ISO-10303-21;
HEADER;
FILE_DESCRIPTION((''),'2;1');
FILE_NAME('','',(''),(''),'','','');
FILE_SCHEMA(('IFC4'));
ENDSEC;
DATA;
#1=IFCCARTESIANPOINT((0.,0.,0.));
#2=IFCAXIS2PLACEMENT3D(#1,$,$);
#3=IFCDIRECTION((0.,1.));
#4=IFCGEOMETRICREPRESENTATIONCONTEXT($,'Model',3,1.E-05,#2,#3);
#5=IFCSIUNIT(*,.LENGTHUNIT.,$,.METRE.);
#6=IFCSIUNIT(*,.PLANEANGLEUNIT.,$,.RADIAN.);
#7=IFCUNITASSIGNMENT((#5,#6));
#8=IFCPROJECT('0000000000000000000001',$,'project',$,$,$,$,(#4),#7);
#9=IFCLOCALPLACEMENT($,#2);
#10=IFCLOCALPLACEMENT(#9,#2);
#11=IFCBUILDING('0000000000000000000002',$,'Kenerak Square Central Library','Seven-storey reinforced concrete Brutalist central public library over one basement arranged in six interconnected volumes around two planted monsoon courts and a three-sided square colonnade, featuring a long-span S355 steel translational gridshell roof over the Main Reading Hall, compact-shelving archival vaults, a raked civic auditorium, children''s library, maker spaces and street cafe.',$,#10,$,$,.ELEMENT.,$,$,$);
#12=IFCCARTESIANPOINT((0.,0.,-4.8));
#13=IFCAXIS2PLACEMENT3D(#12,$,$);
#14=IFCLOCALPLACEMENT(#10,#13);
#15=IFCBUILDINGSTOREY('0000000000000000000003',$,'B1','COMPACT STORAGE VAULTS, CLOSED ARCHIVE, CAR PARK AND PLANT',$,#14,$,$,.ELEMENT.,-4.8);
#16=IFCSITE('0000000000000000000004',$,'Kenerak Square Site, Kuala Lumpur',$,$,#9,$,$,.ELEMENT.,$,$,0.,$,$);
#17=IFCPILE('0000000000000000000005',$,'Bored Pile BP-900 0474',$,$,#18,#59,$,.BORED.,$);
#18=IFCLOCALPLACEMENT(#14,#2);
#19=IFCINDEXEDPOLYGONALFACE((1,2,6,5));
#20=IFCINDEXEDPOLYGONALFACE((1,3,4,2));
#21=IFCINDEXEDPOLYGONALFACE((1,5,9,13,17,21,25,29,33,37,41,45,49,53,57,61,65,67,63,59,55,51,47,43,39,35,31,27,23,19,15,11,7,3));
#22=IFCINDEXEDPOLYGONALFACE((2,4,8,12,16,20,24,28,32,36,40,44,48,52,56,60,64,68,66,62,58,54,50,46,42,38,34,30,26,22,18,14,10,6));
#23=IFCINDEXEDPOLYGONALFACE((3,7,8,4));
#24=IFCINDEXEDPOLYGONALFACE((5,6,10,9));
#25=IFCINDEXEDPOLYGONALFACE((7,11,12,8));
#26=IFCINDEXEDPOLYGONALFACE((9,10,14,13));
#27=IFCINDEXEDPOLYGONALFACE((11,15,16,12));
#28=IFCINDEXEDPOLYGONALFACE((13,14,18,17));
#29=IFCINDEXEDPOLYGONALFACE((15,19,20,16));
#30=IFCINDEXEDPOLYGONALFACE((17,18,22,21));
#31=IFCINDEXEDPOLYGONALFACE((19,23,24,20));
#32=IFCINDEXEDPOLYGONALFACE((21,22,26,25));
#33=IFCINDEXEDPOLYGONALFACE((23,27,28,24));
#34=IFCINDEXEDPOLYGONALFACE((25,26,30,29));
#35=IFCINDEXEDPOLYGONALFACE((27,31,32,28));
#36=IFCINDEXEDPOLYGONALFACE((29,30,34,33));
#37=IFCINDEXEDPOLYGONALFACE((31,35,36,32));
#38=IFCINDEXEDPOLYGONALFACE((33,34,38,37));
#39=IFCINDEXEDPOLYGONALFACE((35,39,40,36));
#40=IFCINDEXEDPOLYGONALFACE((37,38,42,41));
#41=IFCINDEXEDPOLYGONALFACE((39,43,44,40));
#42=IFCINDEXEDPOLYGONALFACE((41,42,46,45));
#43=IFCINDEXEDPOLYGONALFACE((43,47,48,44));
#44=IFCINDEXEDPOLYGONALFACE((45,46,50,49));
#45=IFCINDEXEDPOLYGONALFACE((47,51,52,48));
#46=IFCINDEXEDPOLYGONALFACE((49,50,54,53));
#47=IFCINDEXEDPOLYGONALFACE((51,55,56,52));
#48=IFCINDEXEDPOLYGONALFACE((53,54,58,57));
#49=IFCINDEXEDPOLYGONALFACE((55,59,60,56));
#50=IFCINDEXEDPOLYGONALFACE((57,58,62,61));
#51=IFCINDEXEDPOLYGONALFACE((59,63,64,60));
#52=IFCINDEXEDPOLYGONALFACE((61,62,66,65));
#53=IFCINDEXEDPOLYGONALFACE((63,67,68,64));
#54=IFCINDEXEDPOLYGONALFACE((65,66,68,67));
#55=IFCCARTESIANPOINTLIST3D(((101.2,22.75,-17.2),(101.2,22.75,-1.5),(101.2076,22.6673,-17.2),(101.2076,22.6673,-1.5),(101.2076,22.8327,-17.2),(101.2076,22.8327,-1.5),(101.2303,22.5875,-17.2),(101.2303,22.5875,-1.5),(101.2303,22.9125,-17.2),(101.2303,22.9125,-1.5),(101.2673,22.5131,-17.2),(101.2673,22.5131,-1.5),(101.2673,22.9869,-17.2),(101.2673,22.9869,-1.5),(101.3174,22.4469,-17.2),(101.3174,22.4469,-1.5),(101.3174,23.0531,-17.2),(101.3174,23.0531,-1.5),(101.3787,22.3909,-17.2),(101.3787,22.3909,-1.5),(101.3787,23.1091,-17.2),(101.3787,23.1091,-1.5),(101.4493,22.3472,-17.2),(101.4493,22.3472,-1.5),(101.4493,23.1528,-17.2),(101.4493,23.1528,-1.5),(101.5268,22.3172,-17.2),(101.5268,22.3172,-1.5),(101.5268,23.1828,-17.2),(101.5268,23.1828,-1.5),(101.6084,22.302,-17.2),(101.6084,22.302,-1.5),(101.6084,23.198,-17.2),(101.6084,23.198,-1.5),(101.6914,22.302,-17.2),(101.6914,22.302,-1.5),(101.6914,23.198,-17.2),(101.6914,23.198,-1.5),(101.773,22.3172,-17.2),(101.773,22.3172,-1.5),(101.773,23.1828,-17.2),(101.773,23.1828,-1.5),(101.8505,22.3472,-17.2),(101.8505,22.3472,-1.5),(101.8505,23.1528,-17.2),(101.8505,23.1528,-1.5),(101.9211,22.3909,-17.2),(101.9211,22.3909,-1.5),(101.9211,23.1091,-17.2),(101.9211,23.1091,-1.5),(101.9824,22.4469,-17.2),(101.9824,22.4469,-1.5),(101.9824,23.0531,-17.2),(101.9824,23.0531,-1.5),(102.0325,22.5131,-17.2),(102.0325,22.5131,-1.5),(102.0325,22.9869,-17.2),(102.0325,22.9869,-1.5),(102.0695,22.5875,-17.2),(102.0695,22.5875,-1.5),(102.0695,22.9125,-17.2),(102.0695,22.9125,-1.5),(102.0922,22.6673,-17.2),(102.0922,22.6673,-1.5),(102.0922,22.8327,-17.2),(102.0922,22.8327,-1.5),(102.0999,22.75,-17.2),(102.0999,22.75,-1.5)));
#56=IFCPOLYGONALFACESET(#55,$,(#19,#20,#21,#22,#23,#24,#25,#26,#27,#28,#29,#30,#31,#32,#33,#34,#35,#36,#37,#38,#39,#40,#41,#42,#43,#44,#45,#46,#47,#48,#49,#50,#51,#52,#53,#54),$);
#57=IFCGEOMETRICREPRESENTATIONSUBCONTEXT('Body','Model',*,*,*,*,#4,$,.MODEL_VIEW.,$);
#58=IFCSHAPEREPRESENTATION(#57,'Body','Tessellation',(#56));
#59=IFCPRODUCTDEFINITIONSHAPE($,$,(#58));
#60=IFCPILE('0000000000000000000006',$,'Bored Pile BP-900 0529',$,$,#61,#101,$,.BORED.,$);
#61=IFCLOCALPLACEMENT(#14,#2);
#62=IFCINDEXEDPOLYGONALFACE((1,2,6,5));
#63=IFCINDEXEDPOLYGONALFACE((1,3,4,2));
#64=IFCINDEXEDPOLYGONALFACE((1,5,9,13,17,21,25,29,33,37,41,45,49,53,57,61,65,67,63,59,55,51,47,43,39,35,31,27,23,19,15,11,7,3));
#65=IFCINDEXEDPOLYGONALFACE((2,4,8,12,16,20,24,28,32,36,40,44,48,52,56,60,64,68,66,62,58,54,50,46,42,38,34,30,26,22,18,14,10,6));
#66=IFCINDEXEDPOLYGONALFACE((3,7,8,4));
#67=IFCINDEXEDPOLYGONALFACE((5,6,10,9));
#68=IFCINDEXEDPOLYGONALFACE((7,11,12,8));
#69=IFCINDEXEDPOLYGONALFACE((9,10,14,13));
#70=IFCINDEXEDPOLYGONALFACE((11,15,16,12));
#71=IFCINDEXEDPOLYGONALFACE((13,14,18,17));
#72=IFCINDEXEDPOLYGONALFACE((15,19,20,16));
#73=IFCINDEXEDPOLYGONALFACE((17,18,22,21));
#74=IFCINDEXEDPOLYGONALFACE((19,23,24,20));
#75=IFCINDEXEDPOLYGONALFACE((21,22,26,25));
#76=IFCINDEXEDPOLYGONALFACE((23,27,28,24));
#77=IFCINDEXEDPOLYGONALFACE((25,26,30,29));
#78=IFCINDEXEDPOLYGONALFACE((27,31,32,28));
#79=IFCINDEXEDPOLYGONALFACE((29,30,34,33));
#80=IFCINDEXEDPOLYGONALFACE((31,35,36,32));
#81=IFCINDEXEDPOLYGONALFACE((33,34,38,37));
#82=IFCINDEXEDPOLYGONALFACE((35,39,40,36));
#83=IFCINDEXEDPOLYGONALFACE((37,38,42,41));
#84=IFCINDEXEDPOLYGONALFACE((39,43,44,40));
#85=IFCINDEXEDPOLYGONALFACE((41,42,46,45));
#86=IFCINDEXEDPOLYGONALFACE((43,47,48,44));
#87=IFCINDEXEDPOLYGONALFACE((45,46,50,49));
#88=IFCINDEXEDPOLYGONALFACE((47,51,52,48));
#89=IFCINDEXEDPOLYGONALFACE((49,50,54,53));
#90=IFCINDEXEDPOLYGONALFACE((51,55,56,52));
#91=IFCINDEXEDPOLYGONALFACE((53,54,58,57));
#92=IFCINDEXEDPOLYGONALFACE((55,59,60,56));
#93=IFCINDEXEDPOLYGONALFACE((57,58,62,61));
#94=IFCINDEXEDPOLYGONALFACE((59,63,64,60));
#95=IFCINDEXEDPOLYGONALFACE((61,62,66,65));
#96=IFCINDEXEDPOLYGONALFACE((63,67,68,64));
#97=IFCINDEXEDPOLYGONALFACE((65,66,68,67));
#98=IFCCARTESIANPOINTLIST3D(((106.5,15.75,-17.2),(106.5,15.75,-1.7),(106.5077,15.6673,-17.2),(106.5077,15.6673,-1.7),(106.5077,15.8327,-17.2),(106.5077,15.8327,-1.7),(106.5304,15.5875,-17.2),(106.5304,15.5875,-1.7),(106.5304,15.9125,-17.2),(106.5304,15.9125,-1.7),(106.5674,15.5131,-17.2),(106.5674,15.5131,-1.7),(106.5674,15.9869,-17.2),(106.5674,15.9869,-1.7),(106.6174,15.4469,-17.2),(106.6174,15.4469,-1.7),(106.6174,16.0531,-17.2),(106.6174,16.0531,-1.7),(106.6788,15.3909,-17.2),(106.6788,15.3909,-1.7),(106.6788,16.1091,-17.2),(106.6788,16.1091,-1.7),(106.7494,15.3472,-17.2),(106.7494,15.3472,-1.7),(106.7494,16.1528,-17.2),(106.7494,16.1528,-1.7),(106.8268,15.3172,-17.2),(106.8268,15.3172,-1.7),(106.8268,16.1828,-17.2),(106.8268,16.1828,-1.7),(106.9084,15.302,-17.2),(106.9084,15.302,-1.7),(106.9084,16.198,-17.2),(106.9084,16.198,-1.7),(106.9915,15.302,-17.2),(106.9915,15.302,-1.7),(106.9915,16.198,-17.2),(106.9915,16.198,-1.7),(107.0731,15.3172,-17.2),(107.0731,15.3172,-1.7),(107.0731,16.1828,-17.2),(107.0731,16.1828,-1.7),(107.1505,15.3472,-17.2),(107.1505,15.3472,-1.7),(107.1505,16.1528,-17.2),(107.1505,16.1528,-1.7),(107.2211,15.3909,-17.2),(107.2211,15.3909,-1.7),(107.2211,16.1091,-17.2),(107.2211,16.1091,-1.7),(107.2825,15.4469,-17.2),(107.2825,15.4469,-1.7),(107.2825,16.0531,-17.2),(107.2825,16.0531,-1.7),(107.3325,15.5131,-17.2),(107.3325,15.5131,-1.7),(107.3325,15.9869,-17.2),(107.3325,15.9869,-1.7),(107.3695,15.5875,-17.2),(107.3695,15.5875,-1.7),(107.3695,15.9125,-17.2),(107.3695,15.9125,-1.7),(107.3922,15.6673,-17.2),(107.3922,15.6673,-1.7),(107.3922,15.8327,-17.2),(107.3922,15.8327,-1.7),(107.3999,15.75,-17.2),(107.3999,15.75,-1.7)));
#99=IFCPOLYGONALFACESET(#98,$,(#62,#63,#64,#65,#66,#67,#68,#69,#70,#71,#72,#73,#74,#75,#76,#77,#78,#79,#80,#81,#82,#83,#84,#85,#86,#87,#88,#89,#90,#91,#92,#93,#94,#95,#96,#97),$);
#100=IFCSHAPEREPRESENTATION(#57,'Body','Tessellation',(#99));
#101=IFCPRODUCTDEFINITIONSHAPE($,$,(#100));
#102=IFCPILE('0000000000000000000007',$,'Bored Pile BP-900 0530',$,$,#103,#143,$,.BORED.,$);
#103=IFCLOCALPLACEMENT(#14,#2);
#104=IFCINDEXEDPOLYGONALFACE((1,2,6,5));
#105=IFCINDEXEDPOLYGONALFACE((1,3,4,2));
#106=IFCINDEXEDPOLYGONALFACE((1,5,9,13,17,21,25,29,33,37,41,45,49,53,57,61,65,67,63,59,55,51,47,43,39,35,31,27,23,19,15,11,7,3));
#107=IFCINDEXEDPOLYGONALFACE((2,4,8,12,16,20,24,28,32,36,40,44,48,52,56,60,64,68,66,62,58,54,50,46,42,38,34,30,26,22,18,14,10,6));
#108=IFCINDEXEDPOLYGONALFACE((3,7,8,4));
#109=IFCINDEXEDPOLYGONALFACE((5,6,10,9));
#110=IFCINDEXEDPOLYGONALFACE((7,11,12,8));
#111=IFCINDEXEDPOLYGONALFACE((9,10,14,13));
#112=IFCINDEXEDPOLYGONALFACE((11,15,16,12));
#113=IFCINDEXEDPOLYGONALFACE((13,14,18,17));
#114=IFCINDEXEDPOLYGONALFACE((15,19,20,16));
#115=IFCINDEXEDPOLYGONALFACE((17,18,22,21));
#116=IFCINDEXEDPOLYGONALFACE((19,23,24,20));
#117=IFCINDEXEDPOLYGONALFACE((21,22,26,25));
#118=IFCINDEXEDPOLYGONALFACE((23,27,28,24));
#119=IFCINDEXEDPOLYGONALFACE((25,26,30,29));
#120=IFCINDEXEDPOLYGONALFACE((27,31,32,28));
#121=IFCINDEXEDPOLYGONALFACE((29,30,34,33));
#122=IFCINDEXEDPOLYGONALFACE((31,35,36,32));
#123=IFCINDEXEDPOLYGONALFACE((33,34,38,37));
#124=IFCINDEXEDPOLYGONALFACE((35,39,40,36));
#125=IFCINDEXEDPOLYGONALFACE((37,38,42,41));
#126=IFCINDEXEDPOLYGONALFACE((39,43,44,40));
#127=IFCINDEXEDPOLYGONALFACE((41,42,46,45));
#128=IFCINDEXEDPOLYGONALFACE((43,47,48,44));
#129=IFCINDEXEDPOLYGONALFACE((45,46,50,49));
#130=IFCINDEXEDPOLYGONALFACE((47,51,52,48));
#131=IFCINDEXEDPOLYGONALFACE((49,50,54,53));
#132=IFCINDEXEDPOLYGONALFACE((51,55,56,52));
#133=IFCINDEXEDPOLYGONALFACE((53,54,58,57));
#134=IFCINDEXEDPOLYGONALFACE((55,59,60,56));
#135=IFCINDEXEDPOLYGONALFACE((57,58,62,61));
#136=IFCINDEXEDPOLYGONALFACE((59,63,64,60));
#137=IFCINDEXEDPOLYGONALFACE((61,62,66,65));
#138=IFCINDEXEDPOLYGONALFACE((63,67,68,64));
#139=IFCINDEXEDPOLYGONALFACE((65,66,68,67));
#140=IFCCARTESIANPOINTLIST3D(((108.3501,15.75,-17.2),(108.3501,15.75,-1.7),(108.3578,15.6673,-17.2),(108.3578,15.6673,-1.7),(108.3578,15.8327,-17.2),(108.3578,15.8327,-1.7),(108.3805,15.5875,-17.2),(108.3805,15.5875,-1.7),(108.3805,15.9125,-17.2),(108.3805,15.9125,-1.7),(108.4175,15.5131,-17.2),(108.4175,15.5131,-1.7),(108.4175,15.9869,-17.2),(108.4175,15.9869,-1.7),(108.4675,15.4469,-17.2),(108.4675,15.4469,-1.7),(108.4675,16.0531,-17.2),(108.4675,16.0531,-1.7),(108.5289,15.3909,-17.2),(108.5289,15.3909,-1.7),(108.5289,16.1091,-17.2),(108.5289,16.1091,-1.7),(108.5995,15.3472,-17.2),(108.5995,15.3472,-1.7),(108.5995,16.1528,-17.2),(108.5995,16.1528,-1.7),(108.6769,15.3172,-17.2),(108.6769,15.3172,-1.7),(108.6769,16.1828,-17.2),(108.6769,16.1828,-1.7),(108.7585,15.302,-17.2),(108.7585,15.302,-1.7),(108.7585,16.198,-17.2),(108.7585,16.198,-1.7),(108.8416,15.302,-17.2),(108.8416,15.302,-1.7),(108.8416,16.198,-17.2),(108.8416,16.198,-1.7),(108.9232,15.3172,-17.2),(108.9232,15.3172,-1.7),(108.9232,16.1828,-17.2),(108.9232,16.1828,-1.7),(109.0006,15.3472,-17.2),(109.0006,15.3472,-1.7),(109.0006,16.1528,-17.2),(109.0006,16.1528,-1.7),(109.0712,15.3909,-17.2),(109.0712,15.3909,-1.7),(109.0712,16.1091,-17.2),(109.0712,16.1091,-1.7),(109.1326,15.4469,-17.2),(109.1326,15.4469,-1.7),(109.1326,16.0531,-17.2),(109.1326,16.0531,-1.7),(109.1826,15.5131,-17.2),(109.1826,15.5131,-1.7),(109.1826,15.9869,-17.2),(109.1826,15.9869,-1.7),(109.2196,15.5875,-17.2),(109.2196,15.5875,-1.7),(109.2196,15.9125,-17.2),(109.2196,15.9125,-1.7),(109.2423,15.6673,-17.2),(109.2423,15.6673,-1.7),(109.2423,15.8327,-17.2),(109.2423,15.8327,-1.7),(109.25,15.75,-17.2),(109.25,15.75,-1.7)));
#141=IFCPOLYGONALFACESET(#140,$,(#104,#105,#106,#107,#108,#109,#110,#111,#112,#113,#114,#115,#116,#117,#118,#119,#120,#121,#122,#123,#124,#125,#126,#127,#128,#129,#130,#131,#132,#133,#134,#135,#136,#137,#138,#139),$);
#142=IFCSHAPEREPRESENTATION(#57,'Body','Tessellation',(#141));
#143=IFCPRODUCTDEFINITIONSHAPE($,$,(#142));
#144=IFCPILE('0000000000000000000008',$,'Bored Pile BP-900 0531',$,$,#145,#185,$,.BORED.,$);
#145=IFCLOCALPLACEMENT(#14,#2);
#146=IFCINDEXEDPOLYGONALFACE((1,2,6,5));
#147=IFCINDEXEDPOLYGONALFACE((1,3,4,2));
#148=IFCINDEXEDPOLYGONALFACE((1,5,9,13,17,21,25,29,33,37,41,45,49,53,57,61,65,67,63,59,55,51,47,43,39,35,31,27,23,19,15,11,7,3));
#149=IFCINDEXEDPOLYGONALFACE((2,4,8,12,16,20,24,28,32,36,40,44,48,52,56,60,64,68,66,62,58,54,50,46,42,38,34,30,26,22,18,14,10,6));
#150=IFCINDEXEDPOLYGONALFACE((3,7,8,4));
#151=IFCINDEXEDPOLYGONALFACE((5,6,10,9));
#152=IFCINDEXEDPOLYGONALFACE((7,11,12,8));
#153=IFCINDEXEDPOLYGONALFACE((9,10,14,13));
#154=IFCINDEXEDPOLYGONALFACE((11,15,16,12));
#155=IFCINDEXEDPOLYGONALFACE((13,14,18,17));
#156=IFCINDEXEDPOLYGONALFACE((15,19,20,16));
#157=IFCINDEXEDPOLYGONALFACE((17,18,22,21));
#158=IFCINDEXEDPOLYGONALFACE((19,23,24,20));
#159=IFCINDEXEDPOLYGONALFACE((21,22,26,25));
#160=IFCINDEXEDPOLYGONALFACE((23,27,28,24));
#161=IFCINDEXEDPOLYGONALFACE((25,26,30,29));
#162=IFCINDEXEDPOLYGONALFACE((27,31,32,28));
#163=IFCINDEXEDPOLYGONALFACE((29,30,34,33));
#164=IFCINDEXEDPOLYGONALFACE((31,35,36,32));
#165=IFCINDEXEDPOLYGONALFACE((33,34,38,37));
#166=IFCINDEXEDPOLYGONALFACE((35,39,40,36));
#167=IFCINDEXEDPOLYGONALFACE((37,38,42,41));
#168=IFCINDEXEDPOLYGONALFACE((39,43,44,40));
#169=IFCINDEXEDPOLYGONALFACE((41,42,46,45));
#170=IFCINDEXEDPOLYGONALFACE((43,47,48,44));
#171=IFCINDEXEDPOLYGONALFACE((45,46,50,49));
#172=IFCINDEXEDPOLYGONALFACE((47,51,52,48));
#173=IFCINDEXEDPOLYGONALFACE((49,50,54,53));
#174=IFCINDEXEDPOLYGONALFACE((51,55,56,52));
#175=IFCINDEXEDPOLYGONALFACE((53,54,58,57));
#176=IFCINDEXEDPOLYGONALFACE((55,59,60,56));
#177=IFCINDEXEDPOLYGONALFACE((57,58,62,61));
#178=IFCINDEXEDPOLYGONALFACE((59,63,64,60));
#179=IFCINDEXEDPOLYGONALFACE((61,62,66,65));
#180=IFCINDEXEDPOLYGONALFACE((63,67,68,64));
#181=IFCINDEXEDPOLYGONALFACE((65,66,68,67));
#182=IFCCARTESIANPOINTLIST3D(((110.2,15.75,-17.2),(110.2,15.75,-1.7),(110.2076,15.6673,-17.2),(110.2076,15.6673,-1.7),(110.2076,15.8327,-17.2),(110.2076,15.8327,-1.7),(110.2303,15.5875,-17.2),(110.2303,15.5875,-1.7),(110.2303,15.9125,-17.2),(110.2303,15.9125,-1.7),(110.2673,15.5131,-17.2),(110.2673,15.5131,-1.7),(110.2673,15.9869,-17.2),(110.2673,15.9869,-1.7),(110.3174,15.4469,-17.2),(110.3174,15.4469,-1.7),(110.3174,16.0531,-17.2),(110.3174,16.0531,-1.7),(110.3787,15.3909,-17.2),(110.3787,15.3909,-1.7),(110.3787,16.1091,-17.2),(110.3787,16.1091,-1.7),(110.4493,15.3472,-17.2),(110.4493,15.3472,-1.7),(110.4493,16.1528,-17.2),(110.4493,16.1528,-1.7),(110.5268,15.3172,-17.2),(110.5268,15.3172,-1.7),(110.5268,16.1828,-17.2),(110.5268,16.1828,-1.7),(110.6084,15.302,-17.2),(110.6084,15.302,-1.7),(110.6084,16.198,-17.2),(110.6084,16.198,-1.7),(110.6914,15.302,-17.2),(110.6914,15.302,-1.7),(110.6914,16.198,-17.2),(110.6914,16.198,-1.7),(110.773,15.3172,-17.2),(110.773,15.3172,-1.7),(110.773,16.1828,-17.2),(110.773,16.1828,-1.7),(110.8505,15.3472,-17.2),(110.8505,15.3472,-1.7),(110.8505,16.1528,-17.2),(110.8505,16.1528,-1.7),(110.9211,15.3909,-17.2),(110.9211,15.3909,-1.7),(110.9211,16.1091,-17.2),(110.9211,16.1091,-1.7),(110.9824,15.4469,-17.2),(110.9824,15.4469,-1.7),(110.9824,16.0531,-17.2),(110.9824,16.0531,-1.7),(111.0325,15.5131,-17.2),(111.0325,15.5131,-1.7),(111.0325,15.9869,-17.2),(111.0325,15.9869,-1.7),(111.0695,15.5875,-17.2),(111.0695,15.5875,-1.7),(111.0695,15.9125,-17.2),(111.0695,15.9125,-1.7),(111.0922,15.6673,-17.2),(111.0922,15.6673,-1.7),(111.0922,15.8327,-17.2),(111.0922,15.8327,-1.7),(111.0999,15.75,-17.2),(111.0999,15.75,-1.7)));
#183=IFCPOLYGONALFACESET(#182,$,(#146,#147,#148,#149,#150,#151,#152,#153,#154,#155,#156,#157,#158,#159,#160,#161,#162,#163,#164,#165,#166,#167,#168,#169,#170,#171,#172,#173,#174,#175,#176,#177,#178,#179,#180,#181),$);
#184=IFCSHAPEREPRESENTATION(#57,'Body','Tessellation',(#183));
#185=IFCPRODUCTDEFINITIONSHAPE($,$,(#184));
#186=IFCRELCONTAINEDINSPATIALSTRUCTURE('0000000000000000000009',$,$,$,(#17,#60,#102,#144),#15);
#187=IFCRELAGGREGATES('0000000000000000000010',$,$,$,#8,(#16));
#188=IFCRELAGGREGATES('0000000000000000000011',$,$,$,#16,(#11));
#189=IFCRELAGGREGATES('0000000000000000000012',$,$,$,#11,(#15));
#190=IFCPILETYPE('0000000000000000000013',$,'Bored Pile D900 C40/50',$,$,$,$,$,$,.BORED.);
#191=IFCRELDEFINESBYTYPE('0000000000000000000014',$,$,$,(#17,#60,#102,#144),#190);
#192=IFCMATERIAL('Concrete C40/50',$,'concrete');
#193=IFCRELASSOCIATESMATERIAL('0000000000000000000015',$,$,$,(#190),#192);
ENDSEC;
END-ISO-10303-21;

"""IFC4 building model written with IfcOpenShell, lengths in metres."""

from ifc_helpers import new_model, si_unit, direction, frame, origin, origin_2d, place, context, subcontext, project, spatial, circle, extrude, material, material_profile, profile_set, type_object, element, save


model = new_model("IFC4")

# Units and contexts
model_context = context("Model", 3, precision=1e-05, world=origin(), true_north=direction((0.0, 1.0)))
body_context = subcontext(model_context, "Body", "Model", "MODEL_VIEW")
ifc_project = project(units=[si_unit("LENGTHUNIT", "METRE"), si_unit("PLANEANGLEUNIT", "RADIAN")], contexts=[model_context])

# Site, building, storey
site_placement = place(None, origin())
site = spatial("IfcSite", under=ifc_project, at=site_placement, Name="Kenerak Square Site, Kuala Lumpur", CompositionType="ELEMENT", RefElevation=0.0)
building_placement = place(site_placement, origin())
building = spatial("IfcBuilding", under=site, at=building_placement, Name="Kenerak Square Central Library", Description="Seven-storey reinforced concrete Brutalist central public library over one basement arranged in six interconnected volumes around two planted monsoon courts and a three-sided square colonnade, featuring a long-span S355 steel translational gridshell roof over the Main Reading Hall, compact-shelving archival vaults, a raked civic auditorium, children's library, maker spaces and street cafe.", CompositionType="ELEMENT")
storey_placement = place(building_placement, frame((0.0, 0.0, -4.8)))
storey = spatial("IfcBuildingStorey", under=building, at=storey_placement, Name="B1", Description="COMPACT STORAGE VAULTS, CLOSED ARCHIVE, CAR PARK AND PLANT", CompositionType="ELEMENT", Elevation=-4.8)

# Piles
ifc_material_1 = material(Name="Concrete C40/50", Category="concrete")
ifc_material_profile_1 = material_profile(ifc_material_1, circle(Radius=0.45, at=origin_2d()), Name="BP D900")
ifc_profile_set_1 = profile_set([ifc_material_profile_1], Name="Concrete C40/50")
pile_type_1 = type_object("IfcPileType", Name="Bored Pile D900 C40/50", PredefinedType="BORED", material=ifc_profile_set_1)
for number, where, z_axis, x_axis, name in (
    (1, (101.6499, 22.75, -1.5), (0.0, 0.0, -1.0), (1.0, 0.0, 0.0), "Bored Pile BP-900 0474"),
):
    element("IfcPile", number, at=place(storey_placement, frame(where, z_axis=z_axis, x_axis=x_axis)), inside=storey, type_object=pile_type_1, Name=name, PredefinedType="BORED", context=body_context, shape_type="SweptSolid", body=[
        extrude(circle(Radius=0.45, at=origin_2d()), origin(), (0.0, 0.0, 1.0), 15.7),
    ])
for number, where, z_axis, x_axis, name in (
    (2, (106.95, 15.75, -1.7), (0.0, 0.0, -1.0), (1.0, 0.0, 0.0), "Bored Pile BP-900 0529"),
    (3, (108.8, 15.75, -1.7), (0.0, 0.0, -1.0), (1.0, 0.0, 0.0), "Bored Pile BP-900 0530"),
    (4, (110.6499, 15.75, -1.7), (0.0, 0.0, -1.0), (1.0, 0.0, 0.0), "Bored Pile BP-900 0531"),
):
    element("IfcPile", number, at=place(storey_placement, frame(where, z_axis=z_axis, x_axis=x_axis)), inside=storey, type_object=pile_type_1, Name=name, PredefinedType="BORED", context=body_context, shape_type="SweptSolid", body=[
        extrude(circle(Radius=0.45, at=origin_2d()), origin(), (0.0, 0.0, 1.0), 15.5),
    ])

save(model, "model.ifc")
